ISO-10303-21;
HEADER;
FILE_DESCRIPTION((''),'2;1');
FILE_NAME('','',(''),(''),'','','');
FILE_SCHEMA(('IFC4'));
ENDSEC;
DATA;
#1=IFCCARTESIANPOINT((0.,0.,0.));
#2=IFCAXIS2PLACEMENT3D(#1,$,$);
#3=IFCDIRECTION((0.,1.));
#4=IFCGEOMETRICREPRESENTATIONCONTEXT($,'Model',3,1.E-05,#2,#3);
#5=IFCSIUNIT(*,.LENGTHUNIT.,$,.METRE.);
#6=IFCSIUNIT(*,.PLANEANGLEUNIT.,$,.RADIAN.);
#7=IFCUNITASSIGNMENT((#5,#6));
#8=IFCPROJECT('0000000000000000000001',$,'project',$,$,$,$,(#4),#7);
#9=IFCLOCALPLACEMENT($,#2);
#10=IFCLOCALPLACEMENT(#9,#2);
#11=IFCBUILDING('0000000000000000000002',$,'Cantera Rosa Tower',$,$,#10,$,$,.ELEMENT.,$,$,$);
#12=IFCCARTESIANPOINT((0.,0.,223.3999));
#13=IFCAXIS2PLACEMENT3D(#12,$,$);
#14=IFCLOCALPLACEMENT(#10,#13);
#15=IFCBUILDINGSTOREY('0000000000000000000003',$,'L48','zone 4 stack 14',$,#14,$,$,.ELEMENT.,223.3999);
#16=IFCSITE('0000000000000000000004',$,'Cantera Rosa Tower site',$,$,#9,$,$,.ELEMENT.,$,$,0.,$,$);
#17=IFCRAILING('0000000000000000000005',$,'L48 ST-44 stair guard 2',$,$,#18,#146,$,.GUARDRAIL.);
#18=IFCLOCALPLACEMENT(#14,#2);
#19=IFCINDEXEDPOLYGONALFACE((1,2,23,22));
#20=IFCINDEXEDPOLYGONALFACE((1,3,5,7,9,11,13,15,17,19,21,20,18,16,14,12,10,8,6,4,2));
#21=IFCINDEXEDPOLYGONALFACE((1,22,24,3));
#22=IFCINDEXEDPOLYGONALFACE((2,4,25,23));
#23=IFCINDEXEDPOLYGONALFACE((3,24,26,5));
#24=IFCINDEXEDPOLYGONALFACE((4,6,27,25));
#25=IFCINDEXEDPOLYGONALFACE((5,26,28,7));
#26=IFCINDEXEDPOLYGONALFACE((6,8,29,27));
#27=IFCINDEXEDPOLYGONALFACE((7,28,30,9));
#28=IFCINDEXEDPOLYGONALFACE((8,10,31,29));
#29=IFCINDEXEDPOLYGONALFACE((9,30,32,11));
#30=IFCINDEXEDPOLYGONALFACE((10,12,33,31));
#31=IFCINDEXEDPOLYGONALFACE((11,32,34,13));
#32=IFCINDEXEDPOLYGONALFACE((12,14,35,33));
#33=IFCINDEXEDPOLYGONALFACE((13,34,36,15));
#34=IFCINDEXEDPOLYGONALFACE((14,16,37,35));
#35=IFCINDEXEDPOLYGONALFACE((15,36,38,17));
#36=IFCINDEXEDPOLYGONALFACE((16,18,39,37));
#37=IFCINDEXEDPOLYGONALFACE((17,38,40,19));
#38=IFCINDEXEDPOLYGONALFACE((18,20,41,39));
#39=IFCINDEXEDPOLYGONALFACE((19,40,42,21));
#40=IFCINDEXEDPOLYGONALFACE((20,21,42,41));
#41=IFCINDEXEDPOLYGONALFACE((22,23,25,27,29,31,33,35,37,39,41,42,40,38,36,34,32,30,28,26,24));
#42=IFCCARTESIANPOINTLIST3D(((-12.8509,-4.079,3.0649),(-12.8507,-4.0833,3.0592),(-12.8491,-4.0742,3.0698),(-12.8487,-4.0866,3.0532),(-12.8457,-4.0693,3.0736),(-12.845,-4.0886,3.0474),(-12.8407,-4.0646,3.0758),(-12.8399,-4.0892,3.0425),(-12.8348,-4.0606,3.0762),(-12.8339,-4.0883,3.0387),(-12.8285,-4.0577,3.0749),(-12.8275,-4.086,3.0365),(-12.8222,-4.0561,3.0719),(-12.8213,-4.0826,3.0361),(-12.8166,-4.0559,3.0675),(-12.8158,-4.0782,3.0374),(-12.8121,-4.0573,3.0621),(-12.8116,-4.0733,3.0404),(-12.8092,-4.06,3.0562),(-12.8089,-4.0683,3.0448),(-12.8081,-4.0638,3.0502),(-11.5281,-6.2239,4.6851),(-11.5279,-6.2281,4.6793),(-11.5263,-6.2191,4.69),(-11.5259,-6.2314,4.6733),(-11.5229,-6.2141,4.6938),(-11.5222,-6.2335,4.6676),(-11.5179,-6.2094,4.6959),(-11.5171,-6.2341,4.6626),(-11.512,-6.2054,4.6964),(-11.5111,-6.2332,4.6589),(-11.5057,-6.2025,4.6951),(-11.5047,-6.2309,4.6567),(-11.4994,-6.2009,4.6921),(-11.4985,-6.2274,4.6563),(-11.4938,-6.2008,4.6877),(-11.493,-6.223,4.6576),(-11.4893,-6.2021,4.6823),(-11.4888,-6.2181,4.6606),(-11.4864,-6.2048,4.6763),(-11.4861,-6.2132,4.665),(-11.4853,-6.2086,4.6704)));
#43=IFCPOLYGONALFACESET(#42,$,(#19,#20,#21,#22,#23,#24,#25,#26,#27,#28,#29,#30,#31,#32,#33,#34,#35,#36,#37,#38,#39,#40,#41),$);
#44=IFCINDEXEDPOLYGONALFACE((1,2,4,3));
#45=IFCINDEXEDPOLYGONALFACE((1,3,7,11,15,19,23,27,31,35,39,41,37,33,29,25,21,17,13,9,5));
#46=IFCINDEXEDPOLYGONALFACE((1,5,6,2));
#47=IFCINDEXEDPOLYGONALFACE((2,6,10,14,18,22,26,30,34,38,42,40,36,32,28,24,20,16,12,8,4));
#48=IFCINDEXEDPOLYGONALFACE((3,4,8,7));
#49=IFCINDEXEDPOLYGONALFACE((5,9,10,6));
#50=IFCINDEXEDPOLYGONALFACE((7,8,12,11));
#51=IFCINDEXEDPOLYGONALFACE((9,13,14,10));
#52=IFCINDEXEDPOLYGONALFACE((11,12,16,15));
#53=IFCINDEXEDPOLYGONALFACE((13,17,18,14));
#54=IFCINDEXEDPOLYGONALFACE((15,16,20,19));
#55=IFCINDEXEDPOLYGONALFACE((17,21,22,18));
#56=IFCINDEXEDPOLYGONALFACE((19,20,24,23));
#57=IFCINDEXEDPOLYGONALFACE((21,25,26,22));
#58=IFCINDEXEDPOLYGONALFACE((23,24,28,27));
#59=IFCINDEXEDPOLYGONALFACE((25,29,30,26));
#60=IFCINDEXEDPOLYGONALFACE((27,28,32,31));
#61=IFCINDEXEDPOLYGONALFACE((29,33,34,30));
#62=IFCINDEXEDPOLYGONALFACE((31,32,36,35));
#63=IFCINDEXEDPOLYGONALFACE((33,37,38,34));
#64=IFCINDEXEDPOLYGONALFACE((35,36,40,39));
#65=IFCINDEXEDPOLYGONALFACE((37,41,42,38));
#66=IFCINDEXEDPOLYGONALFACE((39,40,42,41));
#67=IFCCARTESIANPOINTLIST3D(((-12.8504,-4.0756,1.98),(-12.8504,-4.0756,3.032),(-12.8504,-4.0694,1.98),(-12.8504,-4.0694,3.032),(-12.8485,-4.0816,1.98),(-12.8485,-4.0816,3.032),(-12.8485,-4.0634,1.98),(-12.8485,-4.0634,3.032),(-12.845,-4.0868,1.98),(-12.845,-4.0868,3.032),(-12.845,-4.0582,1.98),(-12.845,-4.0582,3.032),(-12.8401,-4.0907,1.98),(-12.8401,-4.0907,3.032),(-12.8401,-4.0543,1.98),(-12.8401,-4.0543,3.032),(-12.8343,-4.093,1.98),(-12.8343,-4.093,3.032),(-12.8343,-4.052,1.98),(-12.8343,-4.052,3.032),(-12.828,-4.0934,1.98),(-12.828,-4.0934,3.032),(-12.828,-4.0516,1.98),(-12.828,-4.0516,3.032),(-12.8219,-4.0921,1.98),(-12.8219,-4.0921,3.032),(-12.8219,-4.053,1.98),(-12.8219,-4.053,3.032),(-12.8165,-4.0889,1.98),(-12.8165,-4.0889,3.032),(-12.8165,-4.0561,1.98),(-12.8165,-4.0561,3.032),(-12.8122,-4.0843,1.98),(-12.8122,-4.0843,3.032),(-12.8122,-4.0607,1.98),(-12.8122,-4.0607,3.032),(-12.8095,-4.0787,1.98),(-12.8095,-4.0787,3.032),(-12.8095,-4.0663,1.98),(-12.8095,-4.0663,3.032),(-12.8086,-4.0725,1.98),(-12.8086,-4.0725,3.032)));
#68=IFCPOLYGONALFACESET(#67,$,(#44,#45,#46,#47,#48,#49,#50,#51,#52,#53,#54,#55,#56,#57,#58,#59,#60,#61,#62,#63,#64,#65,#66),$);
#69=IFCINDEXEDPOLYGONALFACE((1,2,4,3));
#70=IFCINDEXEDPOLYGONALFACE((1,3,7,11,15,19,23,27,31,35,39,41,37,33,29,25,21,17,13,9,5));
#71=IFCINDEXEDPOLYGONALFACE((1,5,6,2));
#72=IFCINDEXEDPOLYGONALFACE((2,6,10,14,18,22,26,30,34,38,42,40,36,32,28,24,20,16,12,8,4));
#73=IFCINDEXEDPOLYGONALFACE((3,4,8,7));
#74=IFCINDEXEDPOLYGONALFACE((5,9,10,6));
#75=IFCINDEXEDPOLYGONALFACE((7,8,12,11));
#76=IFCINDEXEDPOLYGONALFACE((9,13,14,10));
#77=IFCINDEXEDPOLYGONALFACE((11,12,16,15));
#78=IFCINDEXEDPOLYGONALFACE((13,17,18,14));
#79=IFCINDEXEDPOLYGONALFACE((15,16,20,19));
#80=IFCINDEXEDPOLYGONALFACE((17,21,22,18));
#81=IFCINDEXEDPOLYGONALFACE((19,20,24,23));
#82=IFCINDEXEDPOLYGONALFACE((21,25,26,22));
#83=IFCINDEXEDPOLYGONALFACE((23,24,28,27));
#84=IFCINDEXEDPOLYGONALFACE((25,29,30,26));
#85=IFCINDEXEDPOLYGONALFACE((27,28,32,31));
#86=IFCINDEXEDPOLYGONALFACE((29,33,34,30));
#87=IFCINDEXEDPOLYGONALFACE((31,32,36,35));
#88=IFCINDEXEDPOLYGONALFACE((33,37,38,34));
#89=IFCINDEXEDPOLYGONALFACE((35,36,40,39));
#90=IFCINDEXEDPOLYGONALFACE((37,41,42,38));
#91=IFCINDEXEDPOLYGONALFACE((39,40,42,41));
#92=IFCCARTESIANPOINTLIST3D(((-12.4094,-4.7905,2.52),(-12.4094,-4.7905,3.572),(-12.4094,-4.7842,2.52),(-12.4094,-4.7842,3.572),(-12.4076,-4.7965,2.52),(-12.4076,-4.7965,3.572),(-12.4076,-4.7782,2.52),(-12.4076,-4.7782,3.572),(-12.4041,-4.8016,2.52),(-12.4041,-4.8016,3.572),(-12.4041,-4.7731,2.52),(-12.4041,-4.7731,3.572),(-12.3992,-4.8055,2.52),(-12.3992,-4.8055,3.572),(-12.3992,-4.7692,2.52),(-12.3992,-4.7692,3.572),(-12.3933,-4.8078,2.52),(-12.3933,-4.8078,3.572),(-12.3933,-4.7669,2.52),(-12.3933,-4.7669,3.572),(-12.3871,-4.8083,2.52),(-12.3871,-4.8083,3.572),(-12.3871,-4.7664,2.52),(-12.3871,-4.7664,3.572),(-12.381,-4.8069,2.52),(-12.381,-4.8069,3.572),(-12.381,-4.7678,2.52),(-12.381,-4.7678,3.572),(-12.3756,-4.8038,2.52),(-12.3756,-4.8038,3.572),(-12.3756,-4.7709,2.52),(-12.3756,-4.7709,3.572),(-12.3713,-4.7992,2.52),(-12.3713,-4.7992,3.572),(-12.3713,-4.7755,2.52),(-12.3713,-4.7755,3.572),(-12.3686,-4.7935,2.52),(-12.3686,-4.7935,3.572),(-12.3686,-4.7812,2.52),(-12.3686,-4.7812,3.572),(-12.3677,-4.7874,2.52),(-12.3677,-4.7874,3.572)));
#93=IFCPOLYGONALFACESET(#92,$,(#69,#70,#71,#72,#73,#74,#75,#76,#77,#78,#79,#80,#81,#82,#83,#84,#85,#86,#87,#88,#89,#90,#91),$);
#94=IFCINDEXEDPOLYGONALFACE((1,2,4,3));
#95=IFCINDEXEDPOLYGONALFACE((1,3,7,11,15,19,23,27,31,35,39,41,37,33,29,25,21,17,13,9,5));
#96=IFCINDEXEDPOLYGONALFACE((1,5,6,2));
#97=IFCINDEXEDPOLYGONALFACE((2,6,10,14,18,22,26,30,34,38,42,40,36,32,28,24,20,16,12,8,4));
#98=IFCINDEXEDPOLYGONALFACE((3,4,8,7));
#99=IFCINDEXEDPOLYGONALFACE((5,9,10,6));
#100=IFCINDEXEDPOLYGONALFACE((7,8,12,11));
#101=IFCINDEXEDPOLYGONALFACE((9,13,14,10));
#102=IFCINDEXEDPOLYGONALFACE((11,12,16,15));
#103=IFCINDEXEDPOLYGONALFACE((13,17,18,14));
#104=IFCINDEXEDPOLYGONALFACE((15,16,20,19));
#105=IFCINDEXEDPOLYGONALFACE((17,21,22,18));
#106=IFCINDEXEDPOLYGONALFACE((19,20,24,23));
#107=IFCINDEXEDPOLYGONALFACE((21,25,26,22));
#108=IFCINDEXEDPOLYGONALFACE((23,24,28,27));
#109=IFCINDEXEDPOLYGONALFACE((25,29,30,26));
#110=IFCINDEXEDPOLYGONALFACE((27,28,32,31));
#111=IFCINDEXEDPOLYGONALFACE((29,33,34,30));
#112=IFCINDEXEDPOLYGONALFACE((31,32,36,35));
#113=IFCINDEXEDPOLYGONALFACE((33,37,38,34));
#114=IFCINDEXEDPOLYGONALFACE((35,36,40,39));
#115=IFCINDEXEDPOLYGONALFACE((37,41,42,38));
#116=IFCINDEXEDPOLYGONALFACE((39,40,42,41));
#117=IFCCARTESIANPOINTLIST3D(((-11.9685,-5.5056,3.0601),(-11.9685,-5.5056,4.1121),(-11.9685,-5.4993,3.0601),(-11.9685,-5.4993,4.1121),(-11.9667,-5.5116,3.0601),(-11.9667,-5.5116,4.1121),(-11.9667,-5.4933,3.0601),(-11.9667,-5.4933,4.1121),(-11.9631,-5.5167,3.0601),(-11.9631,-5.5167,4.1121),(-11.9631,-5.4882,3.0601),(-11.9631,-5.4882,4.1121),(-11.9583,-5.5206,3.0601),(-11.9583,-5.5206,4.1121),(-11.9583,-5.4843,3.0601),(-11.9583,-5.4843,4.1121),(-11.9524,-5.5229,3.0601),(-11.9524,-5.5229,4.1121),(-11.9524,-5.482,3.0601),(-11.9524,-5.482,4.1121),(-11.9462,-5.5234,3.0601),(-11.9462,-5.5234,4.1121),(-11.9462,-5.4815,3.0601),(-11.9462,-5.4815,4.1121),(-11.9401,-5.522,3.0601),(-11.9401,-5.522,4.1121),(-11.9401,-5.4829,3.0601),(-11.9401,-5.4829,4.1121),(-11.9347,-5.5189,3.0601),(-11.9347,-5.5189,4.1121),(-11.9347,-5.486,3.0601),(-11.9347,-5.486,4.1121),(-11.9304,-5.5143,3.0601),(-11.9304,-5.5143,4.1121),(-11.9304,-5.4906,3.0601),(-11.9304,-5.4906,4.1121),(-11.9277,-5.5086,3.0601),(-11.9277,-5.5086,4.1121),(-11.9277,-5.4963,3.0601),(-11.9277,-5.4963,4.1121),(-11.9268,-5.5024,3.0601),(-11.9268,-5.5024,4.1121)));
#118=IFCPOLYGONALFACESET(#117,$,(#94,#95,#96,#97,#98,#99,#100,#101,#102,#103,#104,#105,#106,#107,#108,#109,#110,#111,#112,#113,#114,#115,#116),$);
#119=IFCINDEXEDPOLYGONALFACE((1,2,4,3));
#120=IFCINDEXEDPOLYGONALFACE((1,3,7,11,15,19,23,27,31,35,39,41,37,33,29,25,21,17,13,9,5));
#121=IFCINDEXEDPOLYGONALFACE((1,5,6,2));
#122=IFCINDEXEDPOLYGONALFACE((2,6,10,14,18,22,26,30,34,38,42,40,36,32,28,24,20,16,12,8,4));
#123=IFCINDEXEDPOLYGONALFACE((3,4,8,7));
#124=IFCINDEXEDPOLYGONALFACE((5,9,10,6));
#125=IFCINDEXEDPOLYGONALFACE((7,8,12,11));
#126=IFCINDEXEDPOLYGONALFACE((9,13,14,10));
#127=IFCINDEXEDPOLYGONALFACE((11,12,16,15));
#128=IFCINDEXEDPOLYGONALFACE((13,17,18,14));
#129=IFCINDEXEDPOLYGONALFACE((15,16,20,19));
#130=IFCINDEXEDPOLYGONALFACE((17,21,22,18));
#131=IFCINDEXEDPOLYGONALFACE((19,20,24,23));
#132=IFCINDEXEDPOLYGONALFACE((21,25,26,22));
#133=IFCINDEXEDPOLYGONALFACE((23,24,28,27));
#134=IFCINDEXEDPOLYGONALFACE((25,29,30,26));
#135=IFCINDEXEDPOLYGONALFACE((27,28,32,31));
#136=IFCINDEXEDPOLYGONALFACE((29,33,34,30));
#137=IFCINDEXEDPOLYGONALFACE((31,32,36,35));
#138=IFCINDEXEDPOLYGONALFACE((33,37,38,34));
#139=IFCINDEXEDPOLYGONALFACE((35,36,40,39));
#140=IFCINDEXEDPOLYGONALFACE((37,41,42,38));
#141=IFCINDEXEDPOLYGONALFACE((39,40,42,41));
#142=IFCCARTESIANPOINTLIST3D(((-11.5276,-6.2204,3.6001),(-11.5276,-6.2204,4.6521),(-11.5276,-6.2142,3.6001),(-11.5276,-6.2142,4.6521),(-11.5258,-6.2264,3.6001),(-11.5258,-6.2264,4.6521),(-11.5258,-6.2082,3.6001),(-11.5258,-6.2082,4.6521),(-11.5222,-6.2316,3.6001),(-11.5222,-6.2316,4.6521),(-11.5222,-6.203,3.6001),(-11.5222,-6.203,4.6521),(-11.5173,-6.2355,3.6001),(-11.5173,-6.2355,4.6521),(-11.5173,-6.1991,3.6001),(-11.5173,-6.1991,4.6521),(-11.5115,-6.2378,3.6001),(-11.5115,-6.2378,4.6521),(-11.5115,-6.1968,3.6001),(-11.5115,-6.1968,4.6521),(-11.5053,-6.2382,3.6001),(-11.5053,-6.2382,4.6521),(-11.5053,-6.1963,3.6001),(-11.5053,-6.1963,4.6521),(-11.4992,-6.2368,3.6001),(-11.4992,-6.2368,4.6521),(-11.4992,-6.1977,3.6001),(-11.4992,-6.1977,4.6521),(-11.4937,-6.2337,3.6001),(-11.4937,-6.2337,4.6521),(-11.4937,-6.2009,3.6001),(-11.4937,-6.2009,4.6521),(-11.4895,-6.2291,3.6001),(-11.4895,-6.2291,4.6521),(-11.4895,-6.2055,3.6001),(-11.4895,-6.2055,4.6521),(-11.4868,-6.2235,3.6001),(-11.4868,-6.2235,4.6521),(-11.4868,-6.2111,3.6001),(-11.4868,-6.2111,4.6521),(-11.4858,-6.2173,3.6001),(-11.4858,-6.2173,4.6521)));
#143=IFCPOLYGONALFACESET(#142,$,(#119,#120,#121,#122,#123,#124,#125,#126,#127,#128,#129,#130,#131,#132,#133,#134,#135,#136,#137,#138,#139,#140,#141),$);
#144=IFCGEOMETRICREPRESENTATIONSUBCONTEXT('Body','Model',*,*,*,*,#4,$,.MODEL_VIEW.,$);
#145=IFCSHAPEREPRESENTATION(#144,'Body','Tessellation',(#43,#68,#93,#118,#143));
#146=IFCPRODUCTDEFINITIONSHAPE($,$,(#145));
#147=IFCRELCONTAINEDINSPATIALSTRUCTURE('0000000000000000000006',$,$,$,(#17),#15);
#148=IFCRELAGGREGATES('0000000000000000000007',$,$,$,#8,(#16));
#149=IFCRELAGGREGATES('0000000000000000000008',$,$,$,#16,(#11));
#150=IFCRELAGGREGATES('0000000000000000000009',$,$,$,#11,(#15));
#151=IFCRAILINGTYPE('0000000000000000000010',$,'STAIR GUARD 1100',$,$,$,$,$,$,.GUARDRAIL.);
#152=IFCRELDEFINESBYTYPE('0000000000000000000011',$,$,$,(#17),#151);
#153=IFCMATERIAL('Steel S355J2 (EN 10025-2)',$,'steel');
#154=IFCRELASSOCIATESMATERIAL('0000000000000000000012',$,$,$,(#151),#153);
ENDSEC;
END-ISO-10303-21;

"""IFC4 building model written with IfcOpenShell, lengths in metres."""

from ifc_helpers import new_model, si_unit, direction, frame, origin, origin_2d, place, context, subcontext, project, spatial, circle, extrude, material, type_object, element, save


model = new_model("IFC4")

# Units and contexts
model_context = context("Model", 3, precision=1e-05, world=origin(), true_north=direction((0.0, 1.0)))
body_context = subcontext(model_context, "Body", "Model", "MODEL_VIEW")
ifc_project = project(units=[si_unit("LENGTHUNIT", "METRE"), si_unit("PLANEANGLEUNIT", "RADIAN")], contexts=[model_context])

# Site, building, storey
site_placement = place(None, origin())
site = spatial("IfcSite", under=ifc_project, at=site_placement, Name="Cantera Rosa Tower site", CompositionType="ELEMENT", RefElevation=0.0)
building_placement = place(site_placement, origin())
building = spatial("IfcBuilding", under=site, at=building_placement, Name="Cantera Rosa Tower", CompositionType="ELEMENT")
storey_placement = place(building_placement, frame((0.0, 0.0, 223.3999)))
storey = spatial("IfcBuildingStorey", under=building, at=storey_placement, Name="L48", Description="zone 4 stack 14", CompositionType="ELEMENT", Elevation=223.3999)

# Railing
ifc_material_1 = material(Name="Steel S355J2 (EN 10025-2)", Category="steel")
railing_type_1 = type_object("IfcRailingType", Name="STAIR GUARD 1100", PredefinedType="GUARDRAIL", material=ifc_material_1)
railing_1_placement = place(storey_placement, frame((-12.8296, -4.0725, 1.98)))
element("IfcRailing", 1, at=railing_1_placement, inside=storey, type_object=railing_type_1, Name="L48 ST-44 stair guard 2", PredefinedType="GUARDRAIL", context=body_context, shape_type="SweptSolid", body=[
    extrude(circle(Radius=0.0239, at=origin_2d()), frame((0.0, 0.0, 1.0762), z_axis=(0.441543, -0.715939, 0.540805), x_axis=(0.851146, 0.52493, 0.0)), (0.0, 0.0, 1.0), 2.9958),
    extrude(circle(Radius=0.021, at=origin_2d()), origin(), (0.0, 0.0, 1.0), 1.052),
    extrude(circle(Radius=0.021, at=origin_2d()), frame((0.4409, -0.7148, 0.54)), (0.0, 0.0, 1.0), 1.052),
    extrude(circle(Radius=0.021, at=origin_2d()), frame((0.8818, -1.4299, 1.0801)), (0.0, 0.0, 1.0), 1.052),
    extrude(circle(Radius=0.021, at=origin_2d()), frame((1.3228, -2.1448, 1.6201)), (0.0, 0.0, 1.0), 1.052),
])

save(model, "model.ifc")
